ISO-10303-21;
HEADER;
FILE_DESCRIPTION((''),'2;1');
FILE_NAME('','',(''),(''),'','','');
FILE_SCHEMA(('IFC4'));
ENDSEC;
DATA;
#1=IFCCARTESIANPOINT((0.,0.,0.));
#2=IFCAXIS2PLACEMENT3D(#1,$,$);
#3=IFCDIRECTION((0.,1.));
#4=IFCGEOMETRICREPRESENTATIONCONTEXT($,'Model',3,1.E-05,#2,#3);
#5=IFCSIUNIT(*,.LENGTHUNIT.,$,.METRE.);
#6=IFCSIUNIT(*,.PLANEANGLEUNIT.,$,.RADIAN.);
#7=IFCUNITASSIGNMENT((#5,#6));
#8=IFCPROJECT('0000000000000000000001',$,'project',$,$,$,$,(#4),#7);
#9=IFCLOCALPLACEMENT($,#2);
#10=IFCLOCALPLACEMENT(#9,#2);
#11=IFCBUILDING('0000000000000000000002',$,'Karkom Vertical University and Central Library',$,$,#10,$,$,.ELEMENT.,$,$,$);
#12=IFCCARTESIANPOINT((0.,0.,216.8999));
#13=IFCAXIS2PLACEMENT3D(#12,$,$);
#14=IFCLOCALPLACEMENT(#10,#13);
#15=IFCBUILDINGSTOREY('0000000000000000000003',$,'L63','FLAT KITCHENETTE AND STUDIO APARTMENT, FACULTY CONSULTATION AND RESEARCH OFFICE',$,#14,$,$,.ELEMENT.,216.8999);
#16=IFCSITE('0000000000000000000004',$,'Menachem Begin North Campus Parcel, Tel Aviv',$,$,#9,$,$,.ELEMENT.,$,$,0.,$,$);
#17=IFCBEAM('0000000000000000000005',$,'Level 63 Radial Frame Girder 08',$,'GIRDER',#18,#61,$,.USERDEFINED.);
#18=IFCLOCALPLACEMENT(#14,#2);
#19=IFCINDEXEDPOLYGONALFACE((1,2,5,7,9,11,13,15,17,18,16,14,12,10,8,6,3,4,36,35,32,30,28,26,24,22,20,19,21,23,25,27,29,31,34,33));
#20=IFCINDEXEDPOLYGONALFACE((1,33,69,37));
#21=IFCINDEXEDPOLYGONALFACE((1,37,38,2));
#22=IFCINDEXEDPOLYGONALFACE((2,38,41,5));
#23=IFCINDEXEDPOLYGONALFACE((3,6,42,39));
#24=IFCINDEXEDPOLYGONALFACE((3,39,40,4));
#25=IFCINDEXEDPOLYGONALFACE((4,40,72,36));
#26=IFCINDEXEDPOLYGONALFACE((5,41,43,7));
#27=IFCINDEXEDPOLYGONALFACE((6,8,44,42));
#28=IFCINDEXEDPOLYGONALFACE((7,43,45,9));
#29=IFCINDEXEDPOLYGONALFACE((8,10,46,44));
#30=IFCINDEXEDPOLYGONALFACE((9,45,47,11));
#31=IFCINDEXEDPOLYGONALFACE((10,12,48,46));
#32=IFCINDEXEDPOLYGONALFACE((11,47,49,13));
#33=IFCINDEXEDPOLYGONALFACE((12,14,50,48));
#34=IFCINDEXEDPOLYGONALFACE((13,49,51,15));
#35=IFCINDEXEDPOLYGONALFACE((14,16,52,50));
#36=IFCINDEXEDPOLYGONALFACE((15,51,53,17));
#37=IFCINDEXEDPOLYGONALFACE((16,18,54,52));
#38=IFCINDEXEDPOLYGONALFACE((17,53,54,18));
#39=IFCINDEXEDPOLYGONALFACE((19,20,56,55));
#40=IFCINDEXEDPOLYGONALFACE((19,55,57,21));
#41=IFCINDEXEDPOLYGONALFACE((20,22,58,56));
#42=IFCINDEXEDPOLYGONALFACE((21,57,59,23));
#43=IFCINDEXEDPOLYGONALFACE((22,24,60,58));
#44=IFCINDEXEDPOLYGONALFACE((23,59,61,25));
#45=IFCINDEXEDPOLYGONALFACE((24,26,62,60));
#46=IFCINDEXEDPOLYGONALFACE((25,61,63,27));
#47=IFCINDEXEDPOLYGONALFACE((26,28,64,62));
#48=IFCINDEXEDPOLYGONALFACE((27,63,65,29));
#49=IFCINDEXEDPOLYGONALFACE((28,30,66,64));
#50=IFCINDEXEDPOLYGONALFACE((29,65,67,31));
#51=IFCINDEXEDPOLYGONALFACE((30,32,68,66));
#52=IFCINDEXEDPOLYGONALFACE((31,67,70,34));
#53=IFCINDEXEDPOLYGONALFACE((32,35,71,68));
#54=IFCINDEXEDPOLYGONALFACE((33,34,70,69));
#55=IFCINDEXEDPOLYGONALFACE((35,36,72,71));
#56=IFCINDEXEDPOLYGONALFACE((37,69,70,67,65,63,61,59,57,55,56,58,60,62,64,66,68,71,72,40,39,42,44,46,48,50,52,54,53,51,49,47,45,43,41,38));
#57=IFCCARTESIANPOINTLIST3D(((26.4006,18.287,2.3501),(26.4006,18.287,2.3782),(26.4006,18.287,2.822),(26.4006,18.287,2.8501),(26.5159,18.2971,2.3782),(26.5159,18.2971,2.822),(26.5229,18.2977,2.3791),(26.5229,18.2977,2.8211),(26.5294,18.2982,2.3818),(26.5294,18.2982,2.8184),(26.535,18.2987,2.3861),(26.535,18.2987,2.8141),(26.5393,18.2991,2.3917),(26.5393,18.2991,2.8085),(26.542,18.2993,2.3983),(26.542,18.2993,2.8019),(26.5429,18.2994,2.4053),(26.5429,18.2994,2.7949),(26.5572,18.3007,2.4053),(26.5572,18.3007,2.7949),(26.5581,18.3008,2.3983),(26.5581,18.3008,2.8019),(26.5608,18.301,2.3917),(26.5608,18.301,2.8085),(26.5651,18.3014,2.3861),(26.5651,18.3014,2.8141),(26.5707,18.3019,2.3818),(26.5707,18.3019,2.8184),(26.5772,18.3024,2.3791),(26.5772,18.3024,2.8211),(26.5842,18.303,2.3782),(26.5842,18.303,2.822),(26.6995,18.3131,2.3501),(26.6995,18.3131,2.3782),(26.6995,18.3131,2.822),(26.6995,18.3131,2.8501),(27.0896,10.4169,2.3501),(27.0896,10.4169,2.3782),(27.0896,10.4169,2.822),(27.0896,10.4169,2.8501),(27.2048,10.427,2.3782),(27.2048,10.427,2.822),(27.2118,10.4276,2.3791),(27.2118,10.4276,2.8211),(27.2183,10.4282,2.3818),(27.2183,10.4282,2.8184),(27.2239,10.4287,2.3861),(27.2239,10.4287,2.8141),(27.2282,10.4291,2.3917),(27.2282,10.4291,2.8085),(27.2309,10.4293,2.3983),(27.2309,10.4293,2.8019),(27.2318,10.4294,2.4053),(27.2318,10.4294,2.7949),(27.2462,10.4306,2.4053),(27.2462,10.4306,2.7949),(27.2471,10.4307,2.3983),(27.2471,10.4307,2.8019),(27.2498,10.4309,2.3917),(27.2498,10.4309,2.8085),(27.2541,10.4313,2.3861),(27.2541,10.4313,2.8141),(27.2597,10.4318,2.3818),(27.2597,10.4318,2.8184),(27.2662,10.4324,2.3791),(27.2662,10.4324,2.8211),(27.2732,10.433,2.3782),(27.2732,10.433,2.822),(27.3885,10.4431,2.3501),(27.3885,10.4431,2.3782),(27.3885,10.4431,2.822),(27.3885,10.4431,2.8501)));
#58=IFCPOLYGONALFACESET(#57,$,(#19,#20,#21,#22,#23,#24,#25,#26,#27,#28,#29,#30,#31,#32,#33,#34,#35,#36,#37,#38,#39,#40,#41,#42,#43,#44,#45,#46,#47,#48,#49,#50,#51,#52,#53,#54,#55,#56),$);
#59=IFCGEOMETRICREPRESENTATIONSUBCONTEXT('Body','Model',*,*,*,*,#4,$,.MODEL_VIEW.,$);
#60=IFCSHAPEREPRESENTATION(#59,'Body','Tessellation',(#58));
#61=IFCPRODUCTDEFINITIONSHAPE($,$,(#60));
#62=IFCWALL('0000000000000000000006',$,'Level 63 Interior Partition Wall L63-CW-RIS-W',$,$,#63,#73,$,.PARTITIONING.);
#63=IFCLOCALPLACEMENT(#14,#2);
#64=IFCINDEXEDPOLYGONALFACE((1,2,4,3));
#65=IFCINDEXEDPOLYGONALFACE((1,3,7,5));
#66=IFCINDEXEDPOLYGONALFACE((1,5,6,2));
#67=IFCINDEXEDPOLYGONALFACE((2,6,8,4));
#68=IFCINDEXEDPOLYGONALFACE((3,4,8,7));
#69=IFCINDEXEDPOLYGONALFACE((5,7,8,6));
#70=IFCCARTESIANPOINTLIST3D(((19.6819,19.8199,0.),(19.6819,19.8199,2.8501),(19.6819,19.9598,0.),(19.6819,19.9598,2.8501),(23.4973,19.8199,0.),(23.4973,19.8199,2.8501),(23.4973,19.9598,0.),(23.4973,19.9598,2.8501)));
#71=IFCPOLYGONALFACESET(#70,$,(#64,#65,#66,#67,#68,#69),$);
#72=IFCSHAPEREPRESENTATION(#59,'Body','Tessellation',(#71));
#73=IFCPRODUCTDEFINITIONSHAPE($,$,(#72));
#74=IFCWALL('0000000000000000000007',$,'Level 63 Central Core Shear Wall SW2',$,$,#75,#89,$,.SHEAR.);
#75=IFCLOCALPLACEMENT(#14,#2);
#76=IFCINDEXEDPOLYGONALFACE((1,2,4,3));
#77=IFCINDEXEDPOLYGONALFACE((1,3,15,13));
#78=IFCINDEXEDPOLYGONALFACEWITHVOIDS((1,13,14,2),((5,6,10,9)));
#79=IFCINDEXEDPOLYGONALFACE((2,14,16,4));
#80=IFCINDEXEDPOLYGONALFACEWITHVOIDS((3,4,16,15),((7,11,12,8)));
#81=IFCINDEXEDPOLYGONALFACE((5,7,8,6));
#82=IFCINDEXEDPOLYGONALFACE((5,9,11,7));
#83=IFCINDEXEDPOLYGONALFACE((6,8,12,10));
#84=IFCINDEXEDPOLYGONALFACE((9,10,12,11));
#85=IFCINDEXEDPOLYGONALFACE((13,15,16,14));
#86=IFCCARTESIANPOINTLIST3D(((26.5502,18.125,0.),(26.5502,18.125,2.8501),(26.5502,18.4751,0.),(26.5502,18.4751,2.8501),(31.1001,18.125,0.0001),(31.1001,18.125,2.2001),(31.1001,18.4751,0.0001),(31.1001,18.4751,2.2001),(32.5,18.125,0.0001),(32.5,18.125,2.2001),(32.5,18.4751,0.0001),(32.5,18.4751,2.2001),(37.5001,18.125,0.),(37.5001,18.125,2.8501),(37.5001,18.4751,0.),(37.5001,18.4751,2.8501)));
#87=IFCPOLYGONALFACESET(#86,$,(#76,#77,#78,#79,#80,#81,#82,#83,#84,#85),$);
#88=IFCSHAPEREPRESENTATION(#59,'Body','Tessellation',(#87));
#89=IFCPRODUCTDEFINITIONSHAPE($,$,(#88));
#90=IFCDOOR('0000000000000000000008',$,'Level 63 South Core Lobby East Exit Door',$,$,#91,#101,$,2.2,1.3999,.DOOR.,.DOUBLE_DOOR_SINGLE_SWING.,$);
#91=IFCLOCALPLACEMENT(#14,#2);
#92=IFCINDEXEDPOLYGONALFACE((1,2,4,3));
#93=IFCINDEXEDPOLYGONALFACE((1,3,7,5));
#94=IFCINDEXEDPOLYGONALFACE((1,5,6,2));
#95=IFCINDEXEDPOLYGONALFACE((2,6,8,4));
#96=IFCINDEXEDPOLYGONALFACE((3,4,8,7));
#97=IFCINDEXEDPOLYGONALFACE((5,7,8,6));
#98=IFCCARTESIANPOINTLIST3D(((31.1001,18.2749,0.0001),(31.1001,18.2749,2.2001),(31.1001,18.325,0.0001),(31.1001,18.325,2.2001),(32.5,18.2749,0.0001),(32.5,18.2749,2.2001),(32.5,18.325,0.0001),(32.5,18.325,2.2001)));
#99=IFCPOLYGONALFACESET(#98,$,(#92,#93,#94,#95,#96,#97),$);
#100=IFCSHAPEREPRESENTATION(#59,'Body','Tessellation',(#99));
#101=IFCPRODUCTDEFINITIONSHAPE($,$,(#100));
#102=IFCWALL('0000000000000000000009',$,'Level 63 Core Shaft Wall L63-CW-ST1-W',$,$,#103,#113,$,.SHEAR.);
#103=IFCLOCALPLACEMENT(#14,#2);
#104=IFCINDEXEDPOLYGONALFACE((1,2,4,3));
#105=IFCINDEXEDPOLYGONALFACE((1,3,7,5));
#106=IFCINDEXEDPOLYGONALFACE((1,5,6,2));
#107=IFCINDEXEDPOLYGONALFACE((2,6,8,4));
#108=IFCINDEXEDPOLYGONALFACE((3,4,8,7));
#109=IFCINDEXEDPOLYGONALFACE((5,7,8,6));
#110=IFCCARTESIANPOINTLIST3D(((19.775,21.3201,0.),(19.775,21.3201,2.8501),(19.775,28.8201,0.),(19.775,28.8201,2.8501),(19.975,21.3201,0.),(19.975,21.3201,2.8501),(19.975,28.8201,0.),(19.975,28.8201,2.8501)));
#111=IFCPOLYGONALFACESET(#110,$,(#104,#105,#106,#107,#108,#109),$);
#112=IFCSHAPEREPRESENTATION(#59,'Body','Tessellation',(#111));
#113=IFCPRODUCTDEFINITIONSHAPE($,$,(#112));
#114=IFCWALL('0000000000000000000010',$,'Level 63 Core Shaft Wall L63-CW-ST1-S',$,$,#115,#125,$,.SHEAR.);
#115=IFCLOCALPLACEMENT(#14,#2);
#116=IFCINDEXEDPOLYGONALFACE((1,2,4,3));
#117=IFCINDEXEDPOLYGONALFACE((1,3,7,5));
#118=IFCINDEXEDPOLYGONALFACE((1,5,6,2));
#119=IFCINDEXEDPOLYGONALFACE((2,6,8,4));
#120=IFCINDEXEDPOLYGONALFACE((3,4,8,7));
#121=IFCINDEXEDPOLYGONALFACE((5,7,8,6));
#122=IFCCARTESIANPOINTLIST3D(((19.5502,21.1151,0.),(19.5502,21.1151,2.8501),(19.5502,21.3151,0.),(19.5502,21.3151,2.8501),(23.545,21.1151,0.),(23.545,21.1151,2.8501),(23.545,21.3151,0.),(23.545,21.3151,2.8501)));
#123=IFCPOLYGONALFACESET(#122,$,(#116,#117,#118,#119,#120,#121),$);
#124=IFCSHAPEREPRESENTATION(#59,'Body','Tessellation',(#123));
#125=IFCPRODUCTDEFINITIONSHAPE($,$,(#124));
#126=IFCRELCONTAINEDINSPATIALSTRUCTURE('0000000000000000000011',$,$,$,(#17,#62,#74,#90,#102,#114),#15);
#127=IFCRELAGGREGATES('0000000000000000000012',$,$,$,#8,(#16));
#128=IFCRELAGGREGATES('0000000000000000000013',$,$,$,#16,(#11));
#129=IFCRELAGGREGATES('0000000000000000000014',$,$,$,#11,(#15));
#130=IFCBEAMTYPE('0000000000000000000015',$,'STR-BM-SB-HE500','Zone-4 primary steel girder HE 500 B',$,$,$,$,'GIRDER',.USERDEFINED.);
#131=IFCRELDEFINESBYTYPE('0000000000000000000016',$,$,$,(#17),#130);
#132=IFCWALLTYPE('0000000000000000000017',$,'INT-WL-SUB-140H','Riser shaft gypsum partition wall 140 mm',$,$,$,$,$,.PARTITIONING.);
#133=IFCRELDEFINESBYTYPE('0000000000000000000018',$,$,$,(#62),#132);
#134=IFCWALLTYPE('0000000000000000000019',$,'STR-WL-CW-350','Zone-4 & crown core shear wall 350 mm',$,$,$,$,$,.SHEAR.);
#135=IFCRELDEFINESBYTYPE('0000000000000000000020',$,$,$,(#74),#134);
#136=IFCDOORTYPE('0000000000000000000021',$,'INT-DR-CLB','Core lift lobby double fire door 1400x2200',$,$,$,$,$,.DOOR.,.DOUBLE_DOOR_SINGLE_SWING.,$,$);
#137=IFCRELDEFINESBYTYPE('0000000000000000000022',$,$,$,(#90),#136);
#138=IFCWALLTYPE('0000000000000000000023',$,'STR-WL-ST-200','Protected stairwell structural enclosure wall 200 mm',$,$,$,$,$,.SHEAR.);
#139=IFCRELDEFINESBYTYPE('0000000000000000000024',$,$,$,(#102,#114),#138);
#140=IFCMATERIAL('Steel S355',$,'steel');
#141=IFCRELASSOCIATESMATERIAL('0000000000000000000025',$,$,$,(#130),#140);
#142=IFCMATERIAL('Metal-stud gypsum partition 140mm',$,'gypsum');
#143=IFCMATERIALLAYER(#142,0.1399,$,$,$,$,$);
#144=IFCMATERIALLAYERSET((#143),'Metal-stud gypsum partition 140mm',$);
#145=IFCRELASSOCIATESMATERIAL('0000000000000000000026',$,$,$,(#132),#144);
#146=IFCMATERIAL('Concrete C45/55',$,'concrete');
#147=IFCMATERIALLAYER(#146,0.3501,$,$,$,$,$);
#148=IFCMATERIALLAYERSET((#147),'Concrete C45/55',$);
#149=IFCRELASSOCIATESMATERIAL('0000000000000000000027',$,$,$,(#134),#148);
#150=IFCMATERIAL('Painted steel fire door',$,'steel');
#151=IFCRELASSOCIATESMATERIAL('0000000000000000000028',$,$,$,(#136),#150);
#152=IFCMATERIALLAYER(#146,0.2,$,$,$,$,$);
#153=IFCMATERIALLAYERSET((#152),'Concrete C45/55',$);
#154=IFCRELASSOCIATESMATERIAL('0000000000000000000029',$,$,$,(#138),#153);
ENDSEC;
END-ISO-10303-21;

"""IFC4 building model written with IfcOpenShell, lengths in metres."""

from ifc_helpers import new_model, si_unit, direction, frame, frame_2d, origin, origin_with_axes, origin_2d, place, context, subcontext, project, spatial, rectangle, i_section, extrude, source, transform, mapped, material, layer, layer_set, material_profile, profile_set, type_object, element, fill, save


model = new_model("IFC4")

# Units and contexts
model_context = context("Model", 3, precision=1e-05, world=origin(), true_north=direction((0.0, 1.0)))
body_context = subcontext(model_context, "Body", "Model", "MODEL_VIEW")
ifc_project = project(units=[si_unit("LENGTHUNIT", "METRE"), si_unit("PLANEANGLEUNIT", "RADIAN")], contexts=[model_context])

# Site, building, storey
site_placement = place(None, origin())
site = spatial("IfcSite", under=ifc_project, at=site_placement, Name="Menachem Begin North Campus Parcel, Tel Aviv", CompositionType="ELEMENT", RefElevation=0.0)
building_placement = place(site_placement, origin())
building = spatial("IfcBuilding", under=site, at=building_placement, Name="Karkom Vertical University and Central Library", CompositionType="ELEMENT")
storey_placement = place(building_placement, frame((0.0, 0.0, 216.8999)))
storey = spatial("IfcBuildingStorey", under=building, at=storey_placement, Name="L63", Description="FLAT KITCHENETTE AND STUDIO APARTMENT, FACULTY CONSULTATION AND RESEARCH OFFICE", CompositionType="ELEMENT", Elevation=216.8999)

# Shared definitions
ifc_material_1 = material(Name="Concrete C45/55", Category="concrete")

# Beam
ifc_material_2 = material(Name="Steel S355", Category="steel")
ifc_material_profile_1 = material_profile(ifc_material_2, i_section(OverallWidth=0.3, OverallDepth=0.5, WebThickness=0.0144, FlangeThickness=0.0281, FilletRadius=0.0271, at=origin_2d()), Name="HE 500 B")
ifc_profile_set_1 = profile_set([ifc_material_profile_1], Name="Steel S355")
beam_type = type_object("IfcBeamType", Name="STR-BM-SB-HE500", Description="Zone-4 primary steel girder HE 500 B", ElementType="GIRDER", PredefinedType="USERDEFINED", material=ifc_profile_set_1)
shared_shape_1 = source(origin_with_axes(), body_context, "Body", "SweptSolid", [
    extrude(i_section(OverallWidth=0.3, OverallDepth=0.5, WebThickness=0.0144, FlangeThickness=0.0281, FilletRadius=0.0271, at=origin_2d()), origin(), (0.0, 0.0, 1.0), 7.9001),
])
beam_1_placement = place(storey_placement, frame((26.55, 18.3, 2.6001), z_axis=(0.087208, -0.99619, 0.0), x_axis=(0.99619, 0.087208, 0.0)))
element("IfcBeam", 1, at=beam_1_placement, inside=storey, type_object=beam_type, Name="Level 63 Radial Frame Girder 08", ObjectType="GIRDER", PredefinedType="USERDEFINED", context=body_context, shape_type="MappedRepresentation", body=[
    mapped(shared_shape_1, transform((0.0, 0.0, 0.0), scale=1.0)),
])

# Wall
ifc_material_3 = material(Name="Metal-stud gypsum partition 140mm", Category="gypsum")
ifc_layer_1 = layer(ifc_material_3, 0.1399)
ifc_layer_set_1 = layer_set([ifc_layer_1], Name="Metal-stud gypsum partition 140mm")
wall_type_1 = type_object("IfcWallType", Name="INT-WL-SUB-140H", Description="Riser shaft gypsum partition wall 140 mm", PredefinedType="PARTITIONING", material=ifc_layer_set_1)
wall_1_placement = place(storey_placement, frame((19.6819, 19.8899, 0.0), z_axis=(0.0, 0.0, 1.0), x_axis=(1.0, 0.0, 0.0)))
element("IfcWall", 2, at=wall_1_placement, inside=storey, type_object=wall_type_1, Name="Level 63 Interior Partition Wall L63-CW-RIS-W", PredefinedType="PARTITIONING", context=body_context, shape_type="SweptSolid", body=[
    extrude(rectangle(XDim=3.8154, YDim=0.1399, at=frame_2d((1.9077, 0.0))), origin(), (0.0, 0.0, 1.0), 2.8501),
])

# Wall, opening, door
ifc_layer_2 = layer(ifc_material_1, 0.3501)
ifc_layer_set_2 = layer_set([ifc_layer_2], Name="Concrete C45/55")
wall_type_2 = type_object("IfcWallType", Name="STR-WL-CW-350", Description="Zone-4 & crown core shear wall 350 mm", PredefinedType="SHEAR", material=ifc_layer_set_2)
wall_2_placement = place(storey_placement, frame((26.55, 18.3, 0.0), z_axis=(0.0, 0.0, 1.0), x_axis=(1.0, 0.0, 0.0)))
wall_2 = element("IfcWall", 3, at=wall_2_placement, inside=storey, type_object=wall_type_2, Name="Level 63 Central Core Shear Wall SW2", PredefinedType="SHEAR", context=body_context, shape_type="SweptSolid", body=[
    extrude(rectangle(XDim=10.95, YDim=0.3501, at=frame_2d((5.4751, 0.0))), origin(), (0.0, 0.0, 1.0), 2.8501),
])
opening_1_placement = place(wall_2_placement, frame((4.55, 0.0, 0.0)))
opening_1 = element("IfcOpeningElement", 4, at=opening_1_placement, cuts=wall_2, PredefinedType="OPENING", context=body_context, shape_type="SweptSolid", body=[
    extrude(rectangle(XDim=1.3999, YDim=2.2, at=frame_2d((0.7, 1.1001))), frame((0.0, 0.1851, 0.0), z_axis=(0.0, -1.0, 0.0), x_axis=(1.0, 0.0, 0.0)), (0.0, 0.0, 1.0), 0.3701),
])
ifc_material_4 = material(Name="Painted steel fire door", Category="steel")
door_type_1 = type_object("IfcDoorType", Name="INT-DR-CLB", Description="Core lift lobby double fire door 1400x2200", OperationType="DOUBLE_DOOR_SINGLE_SWING", PredefinedType="DOOR", material=ifc_material_4)
shared_shape_2 = source(origin_with_axes(), body_context, "Body", "SweptSolid", [
    extrude(rectangle(XDim=1.3999, YDim=2.2, at=frame_2d((0.7, 1.1001))), frame((0.0, 0.0249, 0.0), z_axis=(0.0, -1.0, 0.0), x_axis=(1.0, 0.0, 0.0)), (0.0, 0.0, 1.0), 0.05),
])
door_1_placement = place(opening_1_placement, origin())
door_1 = element("IfcDoor", 5, at=door_1_placement, inside=storey, type_object=door_type_1, Name="Level 63 South Core Lobby East Exit Door", OperationType="DOUBLE_DOOR_SINGLE_SWING", OverallHeight=2.2, OverallWidth=1.3999, PredefinedType="DOOR", context=body_context, shape_type="MappedRepresentation", body=[
    mapped(shared_shape_2, transform((0.0, 0.0, 0.0), scale=1.0)),
])
fill(opening_1, door_1)

# Shared definitions
ifc_layer_3 = layer(ifc_material_1, 0.2)
ifc_layer_set_3 = layer_set([ifc_layer_3], Name="Concrete C45/55")
wall_type_3 = type_object("IfcWallType", Name="STR-WL-ST-200", Description="Protected stairwell structural enclosure wall 200 mm", PredefinedType="SHEAR", material=ifc_layer_set_3)

# Walls
wall_3_placement = place(storey_placement, frame((19.875, 21.3201, 0.0), z_axis=(0.0, 0.0, 1.0), x_axis=(0.0, 1.0, 0.0)))
element("IfcWall", 6, at=wall_3_placement, inside=storey, type_object=wall_type_3, Name="Level 63 Core Shaft Wall L63-CW-ST1-W", PredefinedType="SHEAR", context=body_context, shape_type="SweptSolid", body=[
    extrude(rectangle(XDim=7.5, YDim=0.2, at=frame_2d((3.75, 0.0))), origin(), (0.0, 0.0, 1.0), 2.8501),
])
wall_4_placement = place(storey_placement, frame((19.55, 21.2151, 0.0), z_axis=(0.0, 0.0, 1.0), x_axis=(1.0, 0.0, 0.0)))
element("IfcWall", 7, at=wall_4_placement, inside=storey, type_object=wall_type_3, Name="Level 63 Core Shaft Wall L63-CW-ST1-S", PredefinedType="SHEAR", context=body_context, shape_type="SweptSolid", body=[
    extrude(rectangle(XDim=3.9949, YDim=0.2, at=frame_2d((1.9976, 0.0))), origin(), (0.0, 0.0, 1.0), 2.8501),
])

save(model, "model.ifc")
